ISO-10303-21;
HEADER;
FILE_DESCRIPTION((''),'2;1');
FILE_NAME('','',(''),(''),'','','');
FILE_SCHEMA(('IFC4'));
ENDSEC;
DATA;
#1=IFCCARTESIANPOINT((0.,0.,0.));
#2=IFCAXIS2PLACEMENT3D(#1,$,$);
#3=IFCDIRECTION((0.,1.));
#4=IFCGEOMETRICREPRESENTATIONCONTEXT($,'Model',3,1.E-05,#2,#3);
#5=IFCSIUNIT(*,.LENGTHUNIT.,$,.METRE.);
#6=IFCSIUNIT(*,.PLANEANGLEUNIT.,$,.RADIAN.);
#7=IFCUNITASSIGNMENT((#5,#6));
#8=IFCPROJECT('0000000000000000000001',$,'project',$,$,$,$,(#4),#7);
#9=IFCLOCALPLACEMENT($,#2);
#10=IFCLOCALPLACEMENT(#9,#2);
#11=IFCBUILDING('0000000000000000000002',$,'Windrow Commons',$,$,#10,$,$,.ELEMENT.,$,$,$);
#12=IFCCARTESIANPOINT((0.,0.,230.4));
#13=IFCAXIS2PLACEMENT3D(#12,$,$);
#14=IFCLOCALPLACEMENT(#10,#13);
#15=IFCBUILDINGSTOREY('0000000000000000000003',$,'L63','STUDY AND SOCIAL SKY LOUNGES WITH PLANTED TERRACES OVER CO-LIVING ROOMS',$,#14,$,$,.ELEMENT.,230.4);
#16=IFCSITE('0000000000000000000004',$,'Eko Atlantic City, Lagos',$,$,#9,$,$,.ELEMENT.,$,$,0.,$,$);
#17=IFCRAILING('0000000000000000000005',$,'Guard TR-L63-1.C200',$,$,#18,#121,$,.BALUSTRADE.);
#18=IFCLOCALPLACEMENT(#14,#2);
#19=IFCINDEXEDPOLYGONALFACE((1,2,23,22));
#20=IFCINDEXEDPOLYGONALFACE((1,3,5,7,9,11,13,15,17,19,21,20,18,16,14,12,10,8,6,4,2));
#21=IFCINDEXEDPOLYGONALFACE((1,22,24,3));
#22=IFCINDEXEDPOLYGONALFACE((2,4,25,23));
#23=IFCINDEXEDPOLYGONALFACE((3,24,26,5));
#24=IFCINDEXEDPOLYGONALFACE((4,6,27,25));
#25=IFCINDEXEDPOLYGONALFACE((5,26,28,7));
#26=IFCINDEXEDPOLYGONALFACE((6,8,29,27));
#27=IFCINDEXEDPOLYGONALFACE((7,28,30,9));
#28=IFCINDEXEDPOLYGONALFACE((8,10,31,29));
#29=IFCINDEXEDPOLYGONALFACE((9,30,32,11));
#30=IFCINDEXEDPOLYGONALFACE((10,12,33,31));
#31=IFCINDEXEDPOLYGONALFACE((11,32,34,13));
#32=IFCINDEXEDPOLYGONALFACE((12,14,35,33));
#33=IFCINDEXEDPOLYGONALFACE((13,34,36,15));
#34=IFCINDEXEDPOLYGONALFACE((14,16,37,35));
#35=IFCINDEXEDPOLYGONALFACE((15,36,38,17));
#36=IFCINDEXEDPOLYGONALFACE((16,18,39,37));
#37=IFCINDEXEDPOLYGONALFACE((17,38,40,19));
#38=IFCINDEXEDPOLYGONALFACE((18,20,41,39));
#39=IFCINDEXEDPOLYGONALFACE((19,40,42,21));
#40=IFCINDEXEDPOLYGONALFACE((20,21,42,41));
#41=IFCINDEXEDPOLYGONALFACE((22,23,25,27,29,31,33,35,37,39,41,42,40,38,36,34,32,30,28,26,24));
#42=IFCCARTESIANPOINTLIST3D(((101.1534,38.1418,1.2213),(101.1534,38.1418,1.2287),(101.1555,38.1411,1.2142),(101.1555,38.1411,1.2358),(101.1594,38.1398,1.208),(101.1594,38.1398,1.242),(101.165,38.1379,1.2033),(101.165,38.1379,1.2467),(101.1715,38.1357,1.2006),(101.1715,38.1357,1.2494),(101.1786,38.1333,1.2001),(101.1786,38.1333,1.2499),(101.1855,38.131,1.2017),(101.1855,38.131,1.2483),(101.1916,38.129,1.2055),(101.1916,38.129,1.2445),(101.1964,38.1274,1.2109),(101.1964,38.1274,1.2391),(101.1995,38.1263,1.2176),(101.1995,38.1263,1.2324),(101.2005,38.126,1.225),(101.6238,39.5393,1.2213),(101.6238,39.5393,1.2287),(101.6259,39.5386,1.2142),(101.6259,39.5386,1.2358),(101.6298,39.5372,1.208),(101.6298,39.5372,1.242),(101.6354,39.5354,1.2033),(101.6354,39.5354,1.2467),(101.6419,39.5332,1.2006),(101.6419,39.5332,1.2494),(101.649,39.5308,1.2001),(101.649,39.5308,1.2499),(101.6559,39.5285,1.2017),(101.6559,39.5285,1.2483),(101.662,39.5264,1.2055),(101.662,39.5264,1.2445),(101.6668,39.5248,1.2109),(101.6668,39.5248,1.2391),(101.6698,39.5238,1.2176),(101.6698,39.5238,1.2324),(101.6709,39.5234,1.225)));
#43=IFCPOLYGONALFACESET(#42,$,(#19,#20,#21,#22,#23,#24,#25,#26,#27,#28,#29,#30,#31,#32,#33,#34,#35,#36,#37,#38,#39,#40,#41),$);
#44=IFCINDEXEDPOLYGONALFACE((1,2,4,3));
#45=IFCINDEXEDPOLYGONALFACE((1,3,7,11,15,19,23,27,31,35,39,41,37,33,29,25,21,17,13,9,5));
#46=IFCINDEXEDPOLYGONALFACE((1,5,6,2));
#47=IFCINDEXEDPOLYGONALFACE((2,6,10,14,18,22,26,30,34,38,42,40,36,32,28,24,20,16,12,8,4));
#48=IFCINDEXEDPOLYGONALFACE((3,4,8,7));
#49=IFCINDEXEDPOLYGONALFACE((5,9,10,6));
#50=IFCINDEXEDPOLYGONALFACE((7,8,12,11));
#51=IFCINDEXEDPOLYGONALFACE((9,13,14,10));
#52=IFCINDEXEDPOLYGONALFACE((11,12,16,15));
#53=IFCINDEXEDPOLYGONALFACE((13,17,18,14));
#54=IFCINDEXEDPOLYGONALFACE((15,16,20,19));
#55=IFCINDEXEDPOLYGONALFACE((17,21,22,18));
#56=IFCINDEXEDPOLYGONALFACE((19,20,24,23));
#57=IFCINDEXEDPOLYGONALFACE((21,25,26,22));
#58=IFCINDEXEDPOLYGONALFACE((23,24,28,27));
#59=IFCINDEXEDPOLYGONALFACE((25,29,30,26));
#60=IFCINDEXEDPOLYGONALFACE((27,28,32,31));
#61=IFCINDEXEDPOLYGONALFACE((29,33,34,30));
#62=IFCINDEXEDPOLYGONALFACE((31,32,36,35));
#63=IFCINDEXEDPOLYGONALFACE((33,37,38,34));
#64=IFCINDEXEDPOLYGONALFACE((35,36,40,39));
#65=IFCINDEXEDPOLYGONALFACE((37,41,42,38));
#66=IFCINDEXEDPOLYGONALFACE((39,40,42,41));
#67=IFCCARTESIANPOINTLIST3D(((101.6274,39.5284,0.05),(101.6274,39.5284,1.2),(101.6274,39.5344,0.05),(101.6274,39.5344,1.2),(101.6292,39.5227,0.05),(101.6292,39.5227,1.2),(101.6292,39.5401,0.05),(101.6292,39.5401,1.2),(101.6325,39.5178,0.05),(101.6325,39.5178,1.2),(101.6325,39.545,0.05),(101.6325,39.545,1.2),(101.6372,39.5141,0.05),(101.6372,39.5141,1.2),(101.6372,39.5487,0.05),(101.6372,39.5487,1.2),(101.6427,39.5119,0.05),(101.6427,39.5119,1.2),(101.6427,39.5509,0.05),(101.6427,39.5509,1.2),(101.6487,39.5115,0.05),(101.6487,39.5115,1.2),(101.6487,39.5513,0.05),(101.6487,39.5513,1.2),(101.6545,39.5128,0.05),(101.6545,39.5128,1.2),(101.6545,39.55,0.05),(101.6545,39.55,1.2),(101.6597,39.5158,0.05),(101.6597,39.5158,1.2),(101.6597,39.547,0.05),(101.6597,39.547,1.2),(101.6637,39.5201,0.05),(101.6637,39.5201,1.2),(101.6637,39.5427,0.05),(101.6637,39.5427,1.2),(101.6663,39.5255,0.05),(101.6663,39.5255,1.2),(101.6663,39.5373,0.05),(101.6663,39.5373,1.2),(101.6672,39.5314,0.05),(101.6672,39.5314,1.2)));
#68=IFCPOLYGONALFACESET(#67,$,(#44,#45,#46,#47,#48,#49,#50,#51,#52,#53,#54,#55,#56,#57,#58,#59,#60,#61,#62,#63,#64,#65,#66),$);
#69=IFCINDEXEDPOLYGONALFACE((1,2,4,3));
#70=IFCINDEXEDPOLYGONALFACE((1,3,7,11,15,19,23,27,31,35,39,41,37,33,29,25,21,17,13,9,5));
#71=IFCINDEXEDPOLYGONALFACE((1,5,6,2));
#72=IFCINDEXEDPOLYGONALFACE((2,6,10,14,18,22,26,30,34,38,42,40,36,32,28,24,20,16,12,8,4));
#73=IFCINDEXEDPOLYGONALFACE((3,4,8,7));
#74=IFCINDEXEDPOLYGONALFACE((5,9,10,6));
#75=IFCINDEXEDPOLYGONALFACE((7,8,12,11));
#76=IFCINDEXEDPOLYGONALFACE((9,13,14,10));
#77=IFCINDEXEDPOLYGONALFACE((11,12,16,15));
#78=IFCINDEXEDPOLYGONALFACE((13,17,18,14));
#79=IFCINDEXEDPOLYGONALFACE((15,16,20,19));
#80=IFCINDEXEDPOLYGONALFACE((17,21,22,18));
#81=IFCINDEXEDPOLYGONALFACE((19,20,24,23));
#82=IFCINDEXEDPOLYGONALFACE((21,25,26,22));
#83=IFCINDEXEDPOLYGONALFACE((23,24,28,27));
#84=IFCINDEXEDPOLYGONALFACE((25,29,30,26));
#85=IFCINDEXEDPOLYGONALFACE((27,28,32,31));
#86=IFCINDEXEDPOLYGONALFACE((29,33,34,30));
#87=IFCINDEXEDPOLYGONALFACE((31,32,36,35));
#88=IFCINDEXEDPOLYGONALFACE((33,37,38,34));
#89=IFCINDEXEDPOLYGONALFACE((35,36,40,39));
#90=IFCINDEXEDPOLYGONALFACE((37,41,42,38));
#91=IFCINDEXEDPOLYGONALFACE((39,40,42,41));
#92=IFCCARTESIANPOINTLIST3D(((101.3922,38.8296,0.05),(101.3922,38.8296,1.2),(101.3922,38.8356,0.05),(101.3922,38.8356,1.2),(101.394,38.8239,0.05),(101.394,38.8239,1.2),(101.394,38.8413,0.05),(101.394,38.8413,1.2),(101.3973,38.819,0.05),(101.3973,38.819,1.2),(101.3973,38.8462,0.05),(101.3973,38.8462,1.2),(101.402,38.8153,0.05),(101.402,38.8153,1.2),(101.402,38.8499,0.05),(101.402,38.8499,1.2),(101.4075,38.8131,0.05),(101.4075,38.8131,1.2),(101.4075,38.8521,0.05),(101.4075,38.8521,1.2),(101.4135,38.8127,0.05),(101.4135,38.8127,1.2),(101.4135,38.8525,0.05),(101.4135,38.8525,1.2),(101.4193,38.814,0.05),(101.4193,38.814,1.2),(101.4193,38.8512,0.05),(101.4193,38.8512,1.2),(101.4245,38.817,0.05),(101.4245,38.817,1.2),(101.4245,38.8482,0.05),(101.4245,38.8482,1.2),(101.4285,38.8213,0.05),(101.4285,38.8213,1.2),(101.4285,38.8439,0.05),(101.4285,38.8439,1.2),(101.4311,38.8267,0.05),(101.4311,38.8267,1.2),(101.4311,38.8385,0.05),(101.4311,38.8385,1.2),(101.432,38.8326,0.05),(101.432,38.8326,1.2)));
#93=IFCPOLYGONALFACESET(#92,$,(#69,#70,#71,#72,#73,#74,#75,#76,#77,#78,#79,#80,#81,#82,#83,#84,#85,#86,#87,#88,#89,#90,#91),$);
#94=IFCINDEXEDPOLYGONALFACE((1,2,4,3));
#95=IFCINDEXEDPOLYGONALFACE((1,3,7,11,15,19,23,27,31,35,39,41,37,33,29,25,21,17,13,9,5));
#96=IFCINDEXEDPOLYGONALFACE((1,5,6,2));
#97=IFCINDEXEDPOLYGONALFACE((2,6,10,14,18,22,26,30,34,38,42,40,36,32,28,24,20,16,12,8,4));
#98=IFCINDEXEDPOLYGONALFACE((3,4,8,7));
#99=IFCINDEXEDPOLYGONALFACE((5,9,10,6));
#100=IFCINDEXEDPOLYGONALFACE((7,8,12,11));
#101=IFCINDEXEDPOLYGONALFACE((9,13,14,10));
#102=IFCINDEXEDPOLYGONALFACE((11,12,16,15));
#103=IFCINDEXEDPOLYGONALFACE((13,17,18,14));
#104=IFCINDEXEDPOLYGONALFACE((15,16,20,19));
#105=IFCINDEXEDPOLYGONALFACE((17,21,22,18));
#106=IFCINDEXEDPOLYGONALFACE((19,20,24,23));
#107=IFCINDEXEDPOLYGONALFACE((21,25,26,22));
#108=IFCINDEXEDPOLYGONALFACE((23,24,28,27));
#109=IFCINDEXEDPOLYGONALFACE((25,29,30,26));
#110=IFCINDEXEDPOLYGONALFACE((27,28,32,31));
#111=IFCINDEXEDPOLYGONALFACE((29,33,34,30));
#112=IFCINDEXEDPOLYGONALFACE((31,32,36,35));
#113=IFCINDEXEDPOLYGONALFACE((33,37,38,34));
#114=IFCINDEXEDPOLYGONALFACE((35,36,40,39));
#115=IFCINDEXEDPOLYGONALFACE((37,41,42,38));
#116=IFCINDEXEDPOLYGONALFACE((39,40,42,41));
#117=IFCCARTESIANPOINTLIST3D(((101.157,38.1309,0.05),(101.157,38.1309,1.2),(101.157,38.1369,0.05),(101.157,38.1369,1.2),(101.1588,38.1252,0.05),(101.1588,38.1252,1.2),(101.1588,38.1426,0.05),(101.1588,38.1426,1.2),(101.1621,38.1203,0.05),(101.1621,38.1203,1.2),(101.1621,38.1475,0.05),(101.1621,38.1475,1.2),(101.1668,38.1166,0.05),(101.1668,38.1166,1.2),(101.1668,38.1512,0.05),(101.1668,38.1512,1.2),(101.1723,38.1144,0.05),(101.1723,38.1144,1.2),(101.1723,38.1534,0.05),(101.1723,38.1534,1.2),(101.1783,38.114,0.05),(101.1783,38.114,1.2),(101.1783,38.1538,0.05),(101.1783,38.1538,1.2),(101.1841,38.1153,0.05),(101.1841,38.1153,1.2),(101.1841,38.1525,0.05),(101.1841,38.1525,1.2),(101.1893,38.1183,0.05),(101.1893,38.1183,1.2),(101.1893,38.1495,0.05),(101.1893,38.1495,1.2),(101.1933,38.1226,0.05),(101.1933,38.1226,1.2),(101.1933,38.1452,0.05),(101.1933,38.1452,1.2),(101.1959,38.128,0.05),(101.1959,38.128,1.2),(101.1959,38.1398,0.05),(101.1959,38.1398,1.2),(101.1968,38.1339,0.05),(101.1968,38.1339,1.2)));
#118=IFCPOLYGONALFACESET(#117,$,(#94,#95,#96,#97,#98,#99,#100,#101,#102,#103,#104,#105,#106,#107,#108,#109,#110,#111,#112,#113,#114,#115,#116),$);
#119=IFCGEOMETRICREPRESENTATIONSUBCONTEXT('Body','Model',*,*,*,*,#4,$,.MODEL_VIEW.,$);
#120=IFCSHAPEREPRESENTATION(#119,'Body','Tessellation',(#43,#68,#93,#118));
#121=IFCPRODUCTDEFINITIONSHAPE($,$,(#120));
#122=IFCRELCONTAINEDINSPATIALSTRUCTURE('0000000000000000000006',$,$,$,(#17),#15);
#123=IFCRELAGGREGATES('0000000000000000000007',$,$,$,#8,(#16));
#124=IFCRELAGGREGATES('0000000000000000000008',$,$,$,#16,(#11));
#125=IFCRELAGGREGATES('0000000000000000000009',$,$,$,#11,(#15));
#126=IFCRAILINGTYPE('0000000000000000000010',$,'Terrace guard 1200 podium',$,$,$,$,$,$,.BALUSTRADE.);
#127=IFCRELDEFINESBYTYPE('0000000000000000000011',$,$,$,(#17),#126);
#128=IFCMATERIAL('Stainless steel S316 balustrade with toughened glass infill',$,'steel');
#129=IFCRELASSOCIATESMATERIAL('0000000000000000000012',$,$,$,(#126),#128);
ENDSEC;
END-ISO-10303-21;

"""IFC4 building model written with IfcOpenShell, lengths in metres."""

from ifc_helpers import new_model, si_unit, direction, frame, origin, origin_2d, place, context, subcontext, project, spatial, circle, extrude, material, type_object, element, save


model = new_model("IFC4")

# Units and contexts
model_context = context("Model", 3, precision=1e-05, world=origin(), true_north=direction((0.0, 1.0)))
body_context = subcontext(model_context, "Body", "Model", "MODEL_VIEW")
ifc_project = project(units=[si_unit("LENGTHUNIT", "METRE"), si_unit("PLANEANGLEUNIT", "RADIAN")], contexts=[model_context])

# Site, building, storey
site_placement = place(None, origin())
site = spatial("IfcSite", under=ifc_project, at=site_placement, Name="Eko Atlantic City, Lagos", CompositionType="ELEMENT", RefElevation=0.0)
building_placement = place(site_placement, origin())
building = spatial("IfcBuilding", under=site, at=building_placement, Name="Windrow Commons", CompositionType="ELEMENT")
storey_placement = place(building_placement, frame((0.0, 0.0, 230.4)))
storey = spatial("IfcBuildingStorey", under=building, at=storey_placement, Name="L63", Description="STUDY AND SOCIAL SKY LOUNGES WITH PLANTED TERRACES OVER CO-LIVING ROOMS", CompositionType="ELEMENT", Elevation=230.4)

# Railing
ifc_material_1 = material(Name="Stainless steel S316 balustrade with toughened glass infill", Category="steel")
railing_type = type_object("IfcRailingType", Name="Terrace guard 1200 podium", PredefinedType="BALUSTRADE", material=ifc_material_1)
railing_1_placement = place(storey_placement, frame((101.6472, 39.5314, 0.05)))
element("IfcRailing", 1, at=railing_1_placement, inside=storey, type_object=railing_type, Name="Guard TR-L63-1.C200", PredefinedType="BALUSTRADE", context=body_context, shape_type="SweptSolid", body=[
    extrude(circle(Radius=0.025, at=origin_2d()), frame((0.0, 0.0, 1.175), z_axis=(-0.319014, -0.94775, 0.0), x_axis=(0.94775, -0.319014, 0.0)), (0.0, 0.0, 1.0), 1.4745),
    extrude(circle(Radius=0.02, at=origin_2d()), origin(), (0.0, 0.0, 1.0), 1.15),
    extrude(circle(Radius=0.02, at=origin_2d()), frame((-0.2352, -0.6988, 0.0)), (0.0, 0.0, 1.0), 1.15),
    extrude(circle(Radius=0.02, at=origin_2d()), frame((-0.4704, -1.3975, 0.0)), (0.0, 0.0, 1.0), 1.15),
])

save(model, "model.ifc")
